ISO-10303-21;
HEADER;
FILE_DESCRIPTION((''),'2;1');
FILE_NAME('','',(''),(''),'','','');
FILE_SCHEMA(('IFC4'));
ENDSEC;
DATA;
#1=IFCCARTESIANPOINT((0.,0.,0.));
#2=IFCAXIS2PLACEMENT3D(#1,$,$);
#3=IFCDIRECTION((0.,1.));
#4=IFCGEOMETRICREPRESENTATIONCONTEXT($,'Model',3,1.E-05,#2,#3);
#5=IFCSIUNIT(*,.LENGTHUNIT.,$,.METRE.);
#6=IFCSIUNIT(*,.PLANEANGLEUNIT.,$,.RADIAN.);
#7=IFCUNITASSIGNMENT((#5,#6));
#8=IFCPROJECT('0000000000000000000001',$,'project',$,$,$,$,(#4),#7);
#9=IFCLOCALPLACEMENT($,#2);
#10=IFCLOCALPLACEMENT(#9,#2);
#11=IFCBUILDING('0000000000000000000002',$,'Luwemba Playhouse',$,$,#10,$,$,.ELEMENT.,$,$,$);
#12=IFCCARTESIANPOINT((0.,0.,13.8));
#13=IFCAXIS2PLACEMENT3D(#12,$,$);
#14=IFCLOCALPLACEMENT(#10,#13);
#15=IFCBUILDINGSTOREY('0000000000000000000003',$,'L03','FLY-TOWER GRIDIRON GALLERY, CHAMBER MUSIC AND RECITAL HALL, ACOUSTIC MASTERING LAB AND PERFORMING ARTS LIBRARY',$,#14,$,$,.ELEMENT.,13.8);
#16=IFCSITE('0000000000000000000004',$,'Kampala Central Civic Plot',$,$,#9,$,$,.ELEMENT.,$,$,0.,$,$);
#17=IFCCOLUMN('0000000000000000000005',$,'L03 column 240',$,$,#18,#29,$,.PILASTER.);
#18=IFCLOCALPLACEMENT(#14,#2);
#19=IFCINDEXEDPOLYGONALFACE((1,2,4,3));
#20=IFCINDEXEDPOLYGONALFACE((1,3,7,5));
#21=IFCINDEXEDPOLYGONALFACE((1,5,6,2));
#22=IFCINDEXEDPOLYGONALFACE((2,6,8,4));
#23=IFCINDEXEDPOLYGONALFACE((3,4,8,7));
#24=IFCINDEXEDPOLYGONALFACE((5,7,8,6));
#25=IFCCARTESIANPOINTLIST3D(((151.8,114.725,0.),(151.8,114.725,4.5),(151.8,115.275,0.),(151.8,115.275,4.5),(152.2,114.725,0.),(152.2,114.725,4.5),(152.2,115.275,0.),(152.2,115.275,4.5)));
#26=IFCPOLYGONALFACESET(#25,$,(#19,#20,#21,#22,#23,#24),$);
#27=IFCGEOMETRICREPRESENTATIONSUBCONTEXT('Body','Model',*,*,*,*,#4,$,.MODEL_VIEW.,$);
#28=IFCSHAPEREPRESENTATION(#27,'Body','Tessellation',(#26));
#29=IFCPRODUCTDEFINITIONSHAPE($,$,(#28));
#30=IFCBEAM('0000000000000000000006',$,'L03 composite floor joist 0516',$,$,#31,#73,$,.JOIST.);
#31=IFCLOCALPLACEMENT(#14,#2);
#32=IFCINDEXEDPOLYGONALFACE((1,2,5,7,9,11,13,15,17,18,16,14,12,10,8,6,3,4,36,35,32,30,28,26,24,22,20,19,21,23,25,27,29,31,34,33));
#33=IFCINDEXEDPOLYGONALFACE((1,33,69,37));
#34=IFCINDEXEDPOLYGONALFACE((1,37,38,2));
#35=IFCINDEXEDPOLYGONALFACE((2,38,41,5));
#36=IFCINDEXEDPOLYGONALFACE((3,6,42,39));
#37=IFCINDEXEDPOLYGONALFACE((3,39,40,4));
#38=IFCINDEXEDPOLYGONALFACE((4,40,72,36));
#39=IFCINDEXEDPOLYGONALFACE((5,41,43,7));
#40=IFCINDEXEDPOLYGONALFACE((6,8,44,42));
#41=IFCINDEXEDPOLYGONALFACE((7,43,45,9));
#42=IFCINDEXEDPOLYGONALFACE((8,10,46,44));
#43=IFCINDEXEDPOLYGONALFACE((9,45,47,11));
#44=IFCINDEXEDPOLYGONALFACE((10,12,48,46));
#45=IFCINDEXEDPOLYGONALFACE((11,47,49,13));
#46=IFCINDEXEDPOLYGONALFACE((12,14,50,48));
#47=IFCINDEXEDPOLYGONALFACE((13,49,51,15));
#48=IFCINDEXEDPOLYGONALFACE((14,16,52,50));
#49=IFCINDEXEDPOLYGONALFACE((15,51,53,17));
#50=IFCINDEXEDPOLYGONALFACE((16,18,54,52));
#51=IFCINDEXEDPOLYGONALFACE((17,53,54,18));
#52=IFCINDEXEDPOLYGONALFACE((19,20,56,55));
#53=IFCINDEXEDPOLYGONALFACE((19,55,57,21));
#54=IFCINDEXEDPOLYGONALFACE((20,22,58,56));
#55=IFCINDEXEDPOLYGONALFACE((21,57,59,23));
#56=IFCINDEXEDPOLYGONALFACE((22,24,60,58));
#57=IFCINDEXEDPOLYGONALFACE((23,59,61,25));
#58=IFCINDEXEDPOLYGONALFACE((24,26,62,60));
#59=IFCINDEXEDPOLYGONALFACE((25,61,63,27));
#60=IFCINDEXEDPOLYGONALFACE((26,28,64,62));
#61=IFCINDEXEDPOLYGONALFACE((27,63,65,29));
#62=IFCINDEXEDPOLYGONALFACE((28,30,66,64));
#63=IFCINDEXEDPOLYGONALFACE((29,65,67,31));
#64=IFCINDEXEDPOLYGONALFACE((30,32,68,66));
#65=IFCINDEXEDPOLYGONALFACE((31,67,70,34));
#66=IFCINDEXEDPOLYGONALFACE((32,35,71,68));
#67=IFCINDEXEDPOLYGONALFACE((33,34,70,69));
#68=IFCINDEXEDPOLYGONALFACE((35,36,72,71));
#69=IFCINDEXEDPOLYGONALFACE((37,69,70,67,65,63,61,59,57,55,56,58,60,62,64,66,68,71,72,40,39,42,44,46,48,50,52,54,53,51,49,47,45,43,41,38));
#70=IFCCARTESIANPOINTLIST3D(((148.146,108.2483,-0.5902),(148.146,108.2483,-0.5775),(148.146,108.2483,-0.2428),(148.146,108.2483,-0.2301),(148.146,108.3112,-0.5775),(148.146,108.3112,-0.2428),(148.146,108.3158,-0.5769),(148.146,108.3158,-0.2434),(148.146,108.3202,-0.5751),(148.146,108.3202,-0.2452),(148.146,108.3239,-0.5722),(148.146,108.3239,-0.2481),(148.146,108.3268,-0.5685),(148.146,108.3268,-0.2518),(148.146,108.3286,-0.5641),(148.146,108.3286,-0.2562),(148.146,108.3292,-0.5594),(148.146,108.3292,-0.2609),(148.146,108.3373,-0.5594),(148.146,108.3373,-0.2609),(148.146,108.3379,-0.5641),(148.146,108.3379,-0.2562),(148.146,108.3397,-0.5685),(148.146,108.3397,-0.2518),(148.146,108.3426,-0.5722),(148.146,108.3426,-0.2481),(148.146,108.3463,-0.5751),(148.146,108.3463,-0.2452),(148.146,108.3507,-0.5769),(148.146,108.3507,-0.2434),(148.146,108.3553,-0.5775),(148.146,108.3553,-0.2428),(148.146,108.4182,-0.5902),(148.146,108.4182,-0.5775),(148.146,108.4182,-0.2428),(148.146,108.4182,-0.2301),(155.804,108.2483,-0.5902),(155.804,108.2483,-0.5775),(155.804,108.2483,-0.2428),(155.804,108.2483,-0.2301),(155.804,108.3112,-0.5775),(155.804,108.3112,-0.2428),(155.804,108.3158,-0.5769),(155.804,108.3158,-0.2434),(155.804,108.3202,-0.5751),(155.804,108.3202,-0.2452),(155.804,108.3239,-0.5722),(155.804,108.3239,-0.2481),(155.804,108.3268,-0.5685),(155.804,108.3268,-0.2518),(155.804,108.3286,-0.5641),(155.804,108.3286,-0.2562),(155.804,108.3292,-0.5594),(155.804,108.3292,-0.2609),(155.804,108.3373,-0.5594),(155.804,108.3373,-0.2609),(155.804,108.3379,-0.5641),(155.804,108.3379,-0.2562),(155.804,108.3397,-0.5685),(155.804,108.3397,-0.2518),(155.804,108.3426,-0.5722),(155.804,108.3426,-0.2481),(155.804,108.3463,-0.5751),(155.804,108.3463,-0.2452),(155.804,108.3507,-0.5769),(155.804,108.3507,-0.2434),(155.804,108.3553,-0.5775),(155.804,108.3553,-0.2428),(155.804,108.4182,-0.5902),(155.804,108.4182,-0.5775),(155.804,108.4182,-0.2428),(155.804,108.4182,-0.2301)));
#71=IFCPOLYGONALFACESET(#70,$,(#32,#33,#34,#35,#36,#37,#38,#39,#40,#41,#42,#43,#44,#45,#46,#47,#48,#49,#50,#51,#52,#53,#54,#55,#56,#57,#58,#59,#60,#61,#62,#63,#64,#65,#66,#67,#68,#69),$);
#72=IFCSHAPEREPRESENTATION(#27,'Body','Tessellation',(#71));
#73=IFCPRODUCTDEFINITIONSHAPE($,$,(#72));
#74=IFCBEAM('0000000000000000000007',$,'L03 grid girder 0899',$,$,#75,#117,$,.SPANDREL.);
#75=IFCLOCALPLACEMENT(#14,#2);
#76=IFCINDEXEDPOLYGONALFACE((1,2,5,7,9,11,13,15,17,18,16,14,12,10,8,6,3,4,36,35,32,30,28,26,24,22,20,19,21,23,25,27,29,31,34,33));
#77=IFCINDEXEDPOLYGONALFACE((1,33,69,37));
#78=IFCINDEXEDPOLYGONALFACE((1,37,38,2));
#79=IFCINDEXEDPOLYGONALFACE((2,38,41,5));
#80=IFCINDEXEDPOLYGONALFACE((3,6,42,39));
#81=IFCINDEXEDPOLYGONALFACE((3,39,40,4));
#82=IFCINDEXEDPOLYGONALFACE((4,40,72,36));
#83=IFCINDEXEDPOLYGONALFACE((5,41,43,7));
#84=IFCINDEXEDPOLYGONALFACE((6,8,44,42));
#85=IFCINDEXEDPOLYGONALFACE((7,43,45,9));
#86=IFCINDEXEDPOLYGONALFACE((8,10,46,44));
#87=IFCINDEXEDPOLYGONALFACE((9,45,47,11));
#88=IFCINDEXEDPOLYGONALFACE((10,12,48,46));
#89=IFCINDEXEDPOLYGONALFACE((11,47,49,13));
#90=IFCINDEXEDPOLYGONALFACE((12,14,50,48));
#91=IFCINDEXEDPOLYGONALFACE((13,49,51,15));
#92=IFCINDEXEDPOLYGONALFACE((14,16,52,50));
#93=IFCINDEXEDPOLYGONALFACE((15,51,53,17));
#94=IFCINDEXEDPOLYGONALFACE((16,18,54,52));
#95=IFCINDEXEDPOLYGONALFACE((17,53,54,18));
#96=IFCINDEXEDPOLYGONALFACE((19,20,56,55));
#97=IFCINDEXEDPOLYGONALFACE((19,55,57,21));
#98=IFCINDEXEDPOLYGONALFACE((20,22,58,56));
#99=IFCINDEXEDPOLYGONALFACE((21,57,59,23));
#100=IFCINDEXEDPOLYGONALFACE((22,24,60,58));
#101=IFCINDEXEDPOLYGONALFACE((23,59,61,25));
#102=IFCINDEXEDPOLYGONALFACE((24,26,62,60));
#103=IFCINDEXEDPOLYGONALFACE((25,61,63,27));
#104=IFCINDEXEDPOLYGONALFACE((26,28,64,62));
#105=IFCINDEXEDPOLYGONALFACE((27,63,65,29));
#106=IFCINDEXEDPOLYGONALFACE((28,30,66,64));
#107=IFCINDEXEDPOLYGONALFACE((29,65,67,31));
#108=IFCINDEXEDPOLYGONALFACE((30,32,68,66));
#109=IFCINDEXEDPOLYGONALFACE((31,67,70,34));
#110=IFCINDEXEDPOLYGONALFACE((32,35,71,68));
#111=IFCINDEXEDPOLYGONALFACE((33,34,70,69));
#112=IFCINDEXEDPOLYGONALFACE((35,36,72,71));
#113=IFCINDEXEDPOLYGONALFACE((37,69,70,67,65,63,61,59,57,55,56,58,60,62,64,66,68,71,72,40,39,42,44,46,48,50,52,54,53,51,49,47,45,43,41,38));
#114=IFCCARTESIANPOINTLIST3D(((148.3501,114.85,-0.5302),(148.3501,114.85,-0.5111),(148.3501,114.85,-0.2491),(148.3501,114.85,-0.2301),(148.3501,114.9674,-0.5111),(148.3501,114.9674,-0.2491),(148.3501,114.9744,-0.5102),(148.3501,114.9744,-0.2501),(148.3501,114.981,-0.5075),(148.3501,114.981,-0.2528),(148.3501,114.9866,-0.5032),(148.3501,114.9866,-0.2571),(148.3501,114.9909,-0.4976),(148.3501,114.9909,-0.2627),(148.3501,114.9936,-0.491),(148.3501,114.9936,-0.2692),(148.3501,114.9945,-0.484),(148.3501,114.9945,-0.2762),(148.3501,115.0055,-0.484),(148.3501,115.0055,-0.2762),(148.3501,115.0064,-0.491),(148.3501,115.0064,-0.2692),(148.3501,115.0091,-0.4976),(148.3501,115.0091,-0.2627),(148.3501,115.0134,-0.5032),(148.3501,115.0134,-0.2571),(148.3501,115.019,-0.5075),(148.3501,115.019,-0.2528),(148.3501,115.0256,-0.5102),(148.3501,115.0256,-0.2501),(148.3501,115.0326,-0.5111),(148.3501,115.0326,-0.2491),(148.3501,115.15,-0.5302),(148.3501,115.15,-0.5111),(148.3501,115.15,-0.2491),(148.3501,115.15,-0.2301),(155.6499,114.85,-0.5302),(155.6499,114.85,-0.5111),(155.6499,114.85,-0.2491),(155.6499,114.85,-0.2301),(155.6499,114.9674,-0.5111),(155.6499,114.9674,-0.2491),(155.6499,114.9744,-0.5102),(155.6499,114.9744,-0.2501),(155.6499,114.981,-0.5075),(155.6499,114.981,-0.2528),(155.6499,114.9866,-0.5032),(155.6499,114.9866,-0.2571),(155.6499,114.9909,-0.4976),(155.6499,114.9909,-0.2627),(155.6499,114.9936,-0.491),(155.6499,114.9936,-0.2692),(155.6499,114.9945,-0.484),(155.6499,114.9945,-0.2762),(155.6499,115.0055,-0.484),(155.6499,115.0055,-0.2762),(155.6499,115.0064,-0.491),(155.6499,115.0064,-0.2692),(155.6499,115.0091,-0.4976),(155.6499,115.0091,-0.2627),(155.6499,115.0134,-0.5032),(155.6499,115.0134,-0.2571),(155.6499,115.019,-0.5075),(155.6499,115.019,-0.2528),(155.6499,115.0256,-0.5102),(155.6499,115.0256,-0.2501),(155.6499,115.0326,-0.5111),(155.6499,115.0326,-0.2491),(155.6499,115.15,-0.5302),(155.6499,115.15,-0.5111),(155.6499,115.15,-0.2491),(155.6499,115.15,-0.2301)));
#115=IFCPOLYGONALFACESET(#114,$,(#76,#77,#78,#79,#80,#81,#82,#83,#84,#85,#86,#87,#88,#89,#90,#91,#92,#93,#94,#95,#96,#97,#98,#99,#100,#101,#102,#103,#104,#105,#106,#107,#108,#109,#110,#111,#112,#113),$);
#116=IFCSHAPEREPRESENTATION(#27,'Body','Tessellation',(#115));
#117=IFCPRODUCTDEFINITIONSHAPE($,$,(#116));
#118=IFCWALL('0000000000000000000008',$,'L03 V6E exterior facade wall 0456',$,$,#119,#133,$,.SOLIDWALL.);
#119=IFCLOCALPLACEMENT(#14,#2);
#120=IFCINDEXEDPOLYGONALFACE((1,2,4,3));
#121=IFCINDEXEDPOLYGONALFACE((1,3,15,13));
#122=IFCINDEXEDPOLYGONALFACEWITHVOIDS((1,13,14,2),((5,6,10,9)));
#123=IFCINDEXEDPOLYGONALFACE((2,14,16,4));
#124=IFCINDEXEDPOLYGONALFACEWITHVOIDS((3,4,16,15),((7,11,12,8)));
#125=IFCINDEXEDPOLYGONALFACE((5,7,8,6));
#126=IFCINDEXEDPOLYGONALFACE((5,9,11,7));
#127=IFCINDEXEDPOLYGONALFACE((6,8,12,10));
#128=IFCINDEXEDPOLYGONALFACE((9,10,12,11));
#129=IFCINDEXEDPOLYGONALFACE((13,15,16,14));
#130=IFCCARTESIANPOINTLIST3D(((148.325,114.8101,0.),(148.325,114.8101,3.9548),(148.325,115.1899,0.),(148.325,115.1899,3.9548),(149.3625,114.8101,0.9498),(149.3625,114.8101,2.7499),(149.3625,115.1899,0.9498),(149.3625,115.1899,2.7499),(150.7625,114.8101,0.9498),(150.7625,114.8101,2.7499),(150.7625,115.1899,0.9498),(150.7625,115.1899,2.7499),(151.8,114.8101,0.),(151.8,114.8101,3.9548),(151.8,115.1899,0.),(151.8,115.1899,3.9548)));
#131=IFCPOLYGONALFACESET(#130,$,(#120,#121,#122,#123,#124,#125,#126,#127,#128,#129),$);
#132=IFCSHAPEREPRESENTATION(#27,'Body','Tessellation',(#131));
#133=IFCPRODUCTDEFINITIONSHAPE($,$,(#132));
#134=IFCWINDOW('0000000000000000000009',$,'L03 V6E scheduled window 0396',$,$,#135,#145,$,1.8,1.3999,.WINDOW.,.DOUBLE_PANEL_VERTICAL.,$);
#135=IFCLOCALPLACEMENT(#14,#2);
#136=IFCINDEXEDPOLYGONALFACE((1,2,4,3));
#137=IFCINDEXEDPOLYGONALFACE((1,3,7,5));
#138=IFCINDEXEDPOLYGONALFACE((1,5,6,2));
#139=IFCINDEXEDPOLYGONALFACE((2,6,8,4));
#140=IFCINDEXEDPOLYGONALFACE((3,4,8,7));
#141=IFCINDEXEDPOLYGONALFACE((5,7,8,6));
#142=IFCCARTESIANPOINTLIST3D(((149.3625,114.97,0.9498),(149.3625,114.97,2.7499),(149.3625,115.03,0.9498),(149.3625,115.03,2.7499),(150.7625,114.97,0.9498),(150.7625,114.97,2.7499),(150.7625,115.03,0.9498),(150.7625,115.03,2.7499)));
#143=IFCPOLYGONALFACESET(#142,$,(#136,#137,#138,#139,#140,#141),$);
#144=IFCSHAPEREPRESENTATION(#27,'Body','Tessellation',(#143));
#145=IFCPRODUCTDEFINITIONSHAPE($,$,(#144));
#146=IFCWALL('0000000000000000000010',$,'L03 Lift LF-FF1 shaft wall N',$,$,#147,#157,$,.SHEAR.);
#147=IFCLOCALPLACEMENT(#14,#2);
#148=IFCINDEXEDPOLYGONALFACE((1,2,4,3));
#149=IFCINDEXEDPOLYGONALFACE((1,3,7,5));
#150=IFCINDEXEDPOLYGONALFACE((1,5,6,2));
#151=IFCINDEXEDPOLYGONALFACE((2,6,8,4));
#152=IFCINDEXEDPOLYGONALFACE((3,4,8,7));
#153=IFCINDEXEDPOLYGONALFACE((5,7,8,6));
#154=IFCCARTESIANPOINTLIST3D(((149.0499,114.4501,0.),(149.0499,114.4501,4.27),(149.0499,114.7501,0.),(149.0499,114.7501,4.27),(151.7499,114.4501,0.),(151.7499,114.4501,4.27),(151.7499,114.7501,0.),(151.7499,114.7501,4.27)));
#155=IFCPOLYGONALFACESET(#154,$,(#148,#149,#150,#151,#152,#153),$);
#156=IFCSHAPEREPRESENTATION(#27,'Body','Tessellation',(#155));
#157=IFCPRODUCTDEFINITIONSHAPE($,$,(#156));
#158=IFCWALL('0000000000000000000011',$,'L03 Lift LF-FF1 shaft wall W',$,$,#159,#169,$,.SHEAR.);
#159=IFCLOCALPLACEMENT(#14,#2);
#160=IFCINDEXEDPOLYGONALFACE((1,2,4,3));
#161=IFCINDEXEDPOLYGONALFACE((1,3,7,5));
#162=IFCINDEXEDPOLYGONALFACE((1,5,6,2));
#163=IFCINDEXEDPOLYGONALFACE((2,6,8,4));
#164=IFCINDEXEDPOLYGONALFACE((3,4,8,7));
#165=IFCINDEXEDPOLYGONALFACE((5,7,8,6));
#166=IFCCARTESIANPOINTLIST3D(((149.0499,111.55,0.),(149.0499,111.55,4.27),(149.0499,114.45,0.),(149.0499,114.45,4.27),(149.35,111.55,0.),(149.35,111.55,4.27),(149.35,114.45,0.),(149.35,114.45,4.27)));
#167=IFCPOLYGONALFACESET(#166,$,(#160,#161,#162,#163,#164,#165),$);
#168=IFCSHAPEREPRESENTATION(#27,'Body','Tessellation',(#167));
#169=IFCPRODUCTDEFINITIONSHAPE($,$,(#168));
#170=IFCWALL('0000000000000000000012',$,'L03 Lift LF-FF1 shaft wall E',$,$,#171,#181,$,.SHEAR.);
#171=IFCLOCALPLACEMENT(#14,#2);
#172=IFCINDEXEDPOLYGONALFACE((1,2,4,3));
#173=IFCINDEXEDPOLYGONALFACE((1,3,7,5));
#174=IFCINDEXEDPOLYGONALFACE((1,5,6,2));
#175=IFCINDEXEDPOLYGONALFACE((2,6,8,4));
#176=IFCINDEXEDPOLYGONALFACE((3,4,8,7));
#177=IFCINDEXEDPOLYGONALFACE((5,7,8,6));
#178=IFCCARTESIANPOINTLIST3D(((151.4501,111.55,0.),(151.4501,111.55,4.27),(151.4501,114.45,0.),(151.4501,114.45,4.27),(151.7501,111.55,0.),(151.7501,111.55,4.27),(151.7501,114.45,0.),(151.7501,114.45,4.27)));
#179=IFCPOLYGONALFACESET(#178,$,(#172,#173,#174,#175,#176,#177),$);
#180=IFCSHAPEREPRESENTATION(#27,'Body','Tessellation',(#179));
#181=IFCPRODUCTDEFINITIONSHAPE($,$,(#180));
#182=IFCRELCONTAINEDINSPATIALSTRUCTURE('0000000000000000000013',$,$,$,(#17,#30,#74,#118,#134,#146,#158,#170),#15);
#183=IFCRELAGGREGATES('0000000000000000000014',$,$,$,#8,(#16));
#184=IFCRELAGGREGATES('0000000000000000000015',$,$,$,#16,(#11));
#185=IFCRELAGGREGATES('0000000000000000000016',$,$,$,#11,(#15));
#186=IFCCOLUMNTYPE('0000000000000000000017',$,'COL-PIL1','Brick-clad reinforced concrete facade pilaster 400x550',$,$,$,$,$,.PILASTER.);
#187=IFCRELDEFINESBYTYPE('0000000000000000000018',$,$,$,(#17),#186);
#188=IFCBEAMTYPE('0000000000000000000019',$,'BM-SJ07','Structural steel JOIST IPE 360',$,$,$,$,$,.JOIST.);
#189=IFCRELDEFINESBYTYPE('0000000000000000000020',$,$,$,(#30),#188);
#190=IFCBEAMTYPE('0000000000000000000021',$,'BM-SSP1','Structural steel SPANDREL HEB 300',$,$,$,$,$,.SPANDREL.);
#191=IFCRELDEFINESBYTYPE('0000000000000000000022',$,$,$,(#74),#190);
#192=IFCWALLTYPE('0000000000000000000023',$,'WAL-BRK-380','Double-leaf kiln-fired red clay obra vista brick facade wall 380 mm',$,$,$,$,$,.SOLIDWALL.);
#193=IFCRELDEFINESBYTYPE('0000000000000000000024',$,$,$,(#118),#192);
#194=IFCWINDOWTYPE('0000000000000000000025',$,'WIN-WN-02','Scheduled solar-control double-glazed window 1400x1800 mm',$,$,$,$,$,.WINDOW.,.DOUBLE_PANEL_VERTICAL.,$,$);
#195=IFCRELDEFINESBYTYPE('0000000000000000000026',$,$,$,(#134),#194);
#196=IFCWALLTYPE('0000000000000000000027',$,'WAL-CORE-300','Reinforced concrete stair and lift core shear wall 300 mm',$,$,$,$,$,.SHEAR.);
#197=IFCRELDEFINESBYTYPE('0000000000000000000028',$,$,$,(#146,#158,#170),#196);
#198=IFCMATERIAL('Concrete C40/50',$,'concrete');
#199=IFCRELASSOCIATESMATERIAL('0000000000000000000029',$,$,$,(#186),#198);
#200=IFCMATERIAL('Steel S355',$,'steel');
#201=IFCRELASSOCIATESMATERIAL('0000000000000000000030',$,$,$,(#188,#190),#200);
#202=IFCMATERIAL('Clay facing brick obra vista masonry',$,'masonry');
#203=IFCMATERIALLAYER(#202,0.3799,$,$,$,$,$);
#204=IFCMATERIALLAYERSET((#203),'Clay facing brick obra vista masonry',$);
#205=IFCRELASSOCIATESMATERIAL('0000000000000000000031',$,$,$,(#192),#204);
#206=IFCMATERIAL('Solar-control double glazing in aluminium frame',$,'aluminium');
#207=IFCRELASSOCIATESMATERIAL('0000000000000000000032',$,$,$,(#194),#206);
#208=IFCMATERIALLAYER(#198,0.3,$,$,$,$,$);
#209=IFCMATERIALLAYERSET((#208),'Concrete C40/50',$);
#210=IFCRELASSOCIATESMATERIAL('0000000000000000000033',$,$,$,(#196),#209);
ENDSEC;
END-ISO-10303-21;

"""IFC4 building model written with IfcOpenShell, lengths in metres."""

from ifc_helpers import new_model, si_unit, direction, frame, frame_2d, origin, origin_2d, place, context, subcontext, project, spatial, rectangle, i_section, extrude, material, layer, layer_set, material_profile, profile_set, type_object, element, fill, save


model = new_model("IFC4")

# Units and contexts
model_context = context("Model", 3, precision=1e-05, world=origin(), true_north=direction((0.0, 1.0)))
body_context = subcontext(model_context, "Body", "Model", "MODEL_VIEW")
ifc_project = project(units=[si_unit("LENGTHUNIT", "METRE"), si_unit("PLANEANGLEUNIT", "RADIAN")], contexts=[model_context])

# Site, building, storey
site_placement = place(None, origin())
site = spatial("IfcSite", under=ifc_project, at=site_placement, Name="Kampala Central Civic Plot", CompositionType="ELEMENT", RefElevation=0.0)
building_placement = place(site_placement, origin())
building = spatial("IfcBuilding", under=site, at=building_placement, Name="Luwemba Playhouse", CompositionType="ELEMENT")
storey_placement = place(building_placement, frame((0.0, 0.0, 13.8)))
storey = spatial("IfcBuildingStorey", under=building, at=storey_placement, Name="L03", Description="FLY-TOWER GRIDIRON GALLERY, CHAMBER MUSIC AND RECITAL HALL, ACOUSTIC MASTERING LAB AND PERFORMING ARTS LIBRARY", CompositionType="ELEMENT", Elevation=13.8)

# Column
ifc_material_1 = material(Name="Concrete C40/50", Category="concrete")
ifc_material_profile_1 = material_profile(ifc_material_1, rectangle(XDim=0.3999, YDim=0.55, at=origin_2d()))
ifc_profile_set_1 = profile_set([ifc_material_profile_1], Name="Concrete C40/50")
column_type = type_object("IfcColumnType", Name="COL-PIL1", Description="Brick-clad reinforced concrete facade pilaster 400x550", PredefinedType="PILASTER", material=ifc_profile_set_1)
column_placement = place(storey_placement, frame((152.0, 115.0, 0.0), z_axis=(0.0, 0.0, 1.0), x_axis=(1.0, 0.0, 0.0)))
element("IfcColumn", 1, at=column_placement, inside=storey, type_object=column_type, Name="L03 column 240", PredefinedType="PILASTER", context=body_context, shape_type="SweptSolid", body=[
    extrude(rectangle(XDim=0.3999, YDim=0.55, at=origin_2d()), origin(), (0.0, 0.0, 1.0), 4.5),
])

# Beams
ifc_material_2 = material(Name="Steel S355", Category="steel")
ifc_material_profile_2 = material_profile(ifc_material_2, i_section(OverallWidth=0.1699, OverallDepth=0.3601, WebThickness=0.0081, FlangeThickness=0.0127, FilletRadius=0.0181, at=origin_2d()))
ifc_profile_set_2 = profile_set([ifc_material_profile_2], Name="Steel S355")
beam_type_1 = type_object("IfcBeamType", Name="BM-SJ07", Description="Structural steel JOIST IPE 360", PredefinedType="JOIST", material=ifc_profile_set_2)
beam_1_placement = place(storey_placement, frame((148.146, 108.3333, -0.4102), z_axis=(1.0, 0.0, 0.0), x_axis=(0.0, 1.0, 0.0)))
element("IfcBeam", 2, at=beam_1_placement, inside=storey, type_object=beam_type_1, Name="L03 composite floor joist 0516", PredefinedType="JOIST", context=body_context, shape_type="SweptSolid", body=[
    extrude(i_section(OverallWidth=0.1699, OverallDepth=0.3601, WebThickness=0.0081, FlangeThickness=0.0127, FilletRadius=0.0181, at=origin_2d()), origin(), (0.0, 0.0, 1.0), 7.658),
])
ifc_material_profile_3 = material_profile(ifc_material_2, i_section(OverallWidth=0.3, OverallDepth=0.3, WebThickness=0.011, FlangeThickness=0.019, FilletRadius=0.0271, at=origin_2d()))
ifc_profile_set_3 = profile_set([ifc_material_profile_3], Name="Steel S355")
beam_type_2 = type_object("IfcBeamType", Name="BM-SSP1", Description="Structural steel SPANDREL HEB 300", PredefinedType="SPANDREL", material=ifc_profile_set_3)
beam_2_placement = place(storey_placement, frame((148.3501, 115.0, -0.3801), z_axis=(1.0, 0.0, 0.0), x_axis=(0.0, 1.0, 0.0)))
element("IfcBeam", 3, at=beam_2_placement, inside=storey, type_object=beam_type_2, Name="L03 grid girder 0899", PredefinedType="SPANDREL", context=body_context, shape_type="SweptSolid", body=[
    extrude(i_section(OverallWidth=0.3, OverallDepth=0.3, WebThickness=0.011, FlangeThickness=0.019, FilletRadius=0.0271, at=origin_2d()), origin(), (0.0, 0.0, 1.0), 7.2998),
])

# Wall, opening, window
ifc_material_3 = material(Name="Clay facing brick obra vista masonry", Category="masonry")
ifc_layer_1 = layer(ifc_material_3, 0.3799)
ifc_layer_set_1 = layer_set([ifc_layer_1], Name="Clay facing brick obra vista masonry")
wall_type_1 = type_object("IfcWallType", Name="WAL-BRK-380", Description="Double-leaf kiln-fired red clay obra vista brick facade wall 380 mm", PredefinedType="SOLIDWALL", material=ifc_layer_set_1)
wall_1_placement = place(storey_placement, frame((148.325, 115.0, 0.0), z_axis=(0.0, 0.0, 1.0), x_axis=(1.0, 0.0, 0.0)))
wall_1 = element("IfcWall", 4, at=wall_1_placement, inside=storey, type_object=wall_type_1, Name="L03 V6E exterior facade wall 0456", PredefinedType="SOLIDWALL", context=body_context, shape_type="SweptSolid", body=[
    extrude(rectangle(XDim=3.4751, YDim=0.3799, at=frame_2d((1.7375, 0.0))), origin(), (0.0, 0.0, 1.0), 3.9548),
])
opening_1_placement = place(wall_1_placement, frame((1.0376, 0.0, 0.95)))
opening_1 = element("IfcOpeningElement", 5, at=opening_1_placement, cuts=wall_1, PredefinedType="OPENING", context=body_context, shape_type="SweptSolid", body=[
    extrude(rectangle(XDim=1.3999, YDim=1.8, at=frame_2d((0.7, 0.8999))), frame((0.0, 0.2, 0.0), z_axis=(0.0, -1.0, 0.0), x_axis=(1.0, 0.0, 0.0)), (0.0, 0.0, 1.0), 0.3999),
])
ifc_material_4 = material(Name="Solar-control double glazing in aluminium frame", Category="aluminium")
window_type_1 = type_object("IfcWindowType", Name="WIN-WN-02", Description="Scheduled solar-control double-glazed window 1400x1800 mm", PartitioningType="DOUBLE_PANEL_VERTICAL", PredefinedType="WINDOW", material=ifc_material_4)
window_1_placement = place(opening_1_placement, origin())
window_1 = element("IfcWindow", 6, at=window_1_placement, inside=storey, type_object=window_type_1, Name="L03 V6E scheduled window 0396", OverallHeight=1.8, OverallWidth=1.3999, PartitioningType="DOUBLE_PANEL_VERTICAL", PredefinedType="WINDOW", context=body_context, shape_type="SweptSolid", body=[
    extrude(rectangle(XDim=1.3999, YDim=1.8, at=frame_2d((0.7, 0.8999))), frame((0.0, 0.03, 0.0), z_axis=(0.0, -1.0, 0.0), x_axis=(1.0, 0.0, 0.0)), (0.0, 0.0, 1.0), 0.0601),
])
fill(opening_1, window_1)

# Shared definitions
ifc_layer_2 = layer(ifc_material_1, 0.3)
ifc_layer_set_2 = layer_set([ifc_layer_2], Name="Concrete C40/50")
wall_type_2 = type_object("IfcWallType", Name="WAL-CORE-300", Description="Reinforced concrete stair and lift core shear wall 300 mm", PredefinedType="SHEAR", material=ifc_layer_set_2)

# Walls
wall_2_placement = place(storey_placement, frame((151.75, 114.6001, 0.0), z_axis=(0.0, 0.0, 1.0), x_axis=(-1.0, 0.0, 0.0)))
element("IfcWall", 7, at=wall_2_placement, inside=storey, type_object=wall_type_2, Name="L03 Lift LF-FF1 shaft wall N", PredefinedType="SHEAR", context=body_context, shape_type="SweptSolid", body=[
    extrude(rectangle(XDim=2.7, YDim=0.3, at=frame_2d((1.3501, 0.0))), origin(), (0.0, 0.0, 1.0), 4.27),
])
for number, where, z_axis, x_axis, name in (
    (8, (149.2, 111.55, 0.0), (0.0, 0.0, 1.0), (0.0, 1.0, 0.0), "L03 Lift LF-FF1 shaft wall W"),
    (9, (151.6001, 114.45, 0.0), (0.0, 0.0, 1.0), (0.0, -1.0, 0.0), "L03 Lift LF-FF1 shaft wall E"),
):
    element("IfcWall", number, at=place(storey_placement, frame(where, z_axis=z_axis, x_axis=x_axis)), inside=storey, type_object=wall_type_2, Name=name, PredefinedType="SHEAR", context=body_context, shape_type="SweptSolid", body=[
        extrude(rectangle(XDim=2.8999, YDim=0.3, at=frame_2d((1.45, 0.0))), origin(), (0.0, 0.0, 1.0), 4.27),
    ])

save(model, "model.ifc")
